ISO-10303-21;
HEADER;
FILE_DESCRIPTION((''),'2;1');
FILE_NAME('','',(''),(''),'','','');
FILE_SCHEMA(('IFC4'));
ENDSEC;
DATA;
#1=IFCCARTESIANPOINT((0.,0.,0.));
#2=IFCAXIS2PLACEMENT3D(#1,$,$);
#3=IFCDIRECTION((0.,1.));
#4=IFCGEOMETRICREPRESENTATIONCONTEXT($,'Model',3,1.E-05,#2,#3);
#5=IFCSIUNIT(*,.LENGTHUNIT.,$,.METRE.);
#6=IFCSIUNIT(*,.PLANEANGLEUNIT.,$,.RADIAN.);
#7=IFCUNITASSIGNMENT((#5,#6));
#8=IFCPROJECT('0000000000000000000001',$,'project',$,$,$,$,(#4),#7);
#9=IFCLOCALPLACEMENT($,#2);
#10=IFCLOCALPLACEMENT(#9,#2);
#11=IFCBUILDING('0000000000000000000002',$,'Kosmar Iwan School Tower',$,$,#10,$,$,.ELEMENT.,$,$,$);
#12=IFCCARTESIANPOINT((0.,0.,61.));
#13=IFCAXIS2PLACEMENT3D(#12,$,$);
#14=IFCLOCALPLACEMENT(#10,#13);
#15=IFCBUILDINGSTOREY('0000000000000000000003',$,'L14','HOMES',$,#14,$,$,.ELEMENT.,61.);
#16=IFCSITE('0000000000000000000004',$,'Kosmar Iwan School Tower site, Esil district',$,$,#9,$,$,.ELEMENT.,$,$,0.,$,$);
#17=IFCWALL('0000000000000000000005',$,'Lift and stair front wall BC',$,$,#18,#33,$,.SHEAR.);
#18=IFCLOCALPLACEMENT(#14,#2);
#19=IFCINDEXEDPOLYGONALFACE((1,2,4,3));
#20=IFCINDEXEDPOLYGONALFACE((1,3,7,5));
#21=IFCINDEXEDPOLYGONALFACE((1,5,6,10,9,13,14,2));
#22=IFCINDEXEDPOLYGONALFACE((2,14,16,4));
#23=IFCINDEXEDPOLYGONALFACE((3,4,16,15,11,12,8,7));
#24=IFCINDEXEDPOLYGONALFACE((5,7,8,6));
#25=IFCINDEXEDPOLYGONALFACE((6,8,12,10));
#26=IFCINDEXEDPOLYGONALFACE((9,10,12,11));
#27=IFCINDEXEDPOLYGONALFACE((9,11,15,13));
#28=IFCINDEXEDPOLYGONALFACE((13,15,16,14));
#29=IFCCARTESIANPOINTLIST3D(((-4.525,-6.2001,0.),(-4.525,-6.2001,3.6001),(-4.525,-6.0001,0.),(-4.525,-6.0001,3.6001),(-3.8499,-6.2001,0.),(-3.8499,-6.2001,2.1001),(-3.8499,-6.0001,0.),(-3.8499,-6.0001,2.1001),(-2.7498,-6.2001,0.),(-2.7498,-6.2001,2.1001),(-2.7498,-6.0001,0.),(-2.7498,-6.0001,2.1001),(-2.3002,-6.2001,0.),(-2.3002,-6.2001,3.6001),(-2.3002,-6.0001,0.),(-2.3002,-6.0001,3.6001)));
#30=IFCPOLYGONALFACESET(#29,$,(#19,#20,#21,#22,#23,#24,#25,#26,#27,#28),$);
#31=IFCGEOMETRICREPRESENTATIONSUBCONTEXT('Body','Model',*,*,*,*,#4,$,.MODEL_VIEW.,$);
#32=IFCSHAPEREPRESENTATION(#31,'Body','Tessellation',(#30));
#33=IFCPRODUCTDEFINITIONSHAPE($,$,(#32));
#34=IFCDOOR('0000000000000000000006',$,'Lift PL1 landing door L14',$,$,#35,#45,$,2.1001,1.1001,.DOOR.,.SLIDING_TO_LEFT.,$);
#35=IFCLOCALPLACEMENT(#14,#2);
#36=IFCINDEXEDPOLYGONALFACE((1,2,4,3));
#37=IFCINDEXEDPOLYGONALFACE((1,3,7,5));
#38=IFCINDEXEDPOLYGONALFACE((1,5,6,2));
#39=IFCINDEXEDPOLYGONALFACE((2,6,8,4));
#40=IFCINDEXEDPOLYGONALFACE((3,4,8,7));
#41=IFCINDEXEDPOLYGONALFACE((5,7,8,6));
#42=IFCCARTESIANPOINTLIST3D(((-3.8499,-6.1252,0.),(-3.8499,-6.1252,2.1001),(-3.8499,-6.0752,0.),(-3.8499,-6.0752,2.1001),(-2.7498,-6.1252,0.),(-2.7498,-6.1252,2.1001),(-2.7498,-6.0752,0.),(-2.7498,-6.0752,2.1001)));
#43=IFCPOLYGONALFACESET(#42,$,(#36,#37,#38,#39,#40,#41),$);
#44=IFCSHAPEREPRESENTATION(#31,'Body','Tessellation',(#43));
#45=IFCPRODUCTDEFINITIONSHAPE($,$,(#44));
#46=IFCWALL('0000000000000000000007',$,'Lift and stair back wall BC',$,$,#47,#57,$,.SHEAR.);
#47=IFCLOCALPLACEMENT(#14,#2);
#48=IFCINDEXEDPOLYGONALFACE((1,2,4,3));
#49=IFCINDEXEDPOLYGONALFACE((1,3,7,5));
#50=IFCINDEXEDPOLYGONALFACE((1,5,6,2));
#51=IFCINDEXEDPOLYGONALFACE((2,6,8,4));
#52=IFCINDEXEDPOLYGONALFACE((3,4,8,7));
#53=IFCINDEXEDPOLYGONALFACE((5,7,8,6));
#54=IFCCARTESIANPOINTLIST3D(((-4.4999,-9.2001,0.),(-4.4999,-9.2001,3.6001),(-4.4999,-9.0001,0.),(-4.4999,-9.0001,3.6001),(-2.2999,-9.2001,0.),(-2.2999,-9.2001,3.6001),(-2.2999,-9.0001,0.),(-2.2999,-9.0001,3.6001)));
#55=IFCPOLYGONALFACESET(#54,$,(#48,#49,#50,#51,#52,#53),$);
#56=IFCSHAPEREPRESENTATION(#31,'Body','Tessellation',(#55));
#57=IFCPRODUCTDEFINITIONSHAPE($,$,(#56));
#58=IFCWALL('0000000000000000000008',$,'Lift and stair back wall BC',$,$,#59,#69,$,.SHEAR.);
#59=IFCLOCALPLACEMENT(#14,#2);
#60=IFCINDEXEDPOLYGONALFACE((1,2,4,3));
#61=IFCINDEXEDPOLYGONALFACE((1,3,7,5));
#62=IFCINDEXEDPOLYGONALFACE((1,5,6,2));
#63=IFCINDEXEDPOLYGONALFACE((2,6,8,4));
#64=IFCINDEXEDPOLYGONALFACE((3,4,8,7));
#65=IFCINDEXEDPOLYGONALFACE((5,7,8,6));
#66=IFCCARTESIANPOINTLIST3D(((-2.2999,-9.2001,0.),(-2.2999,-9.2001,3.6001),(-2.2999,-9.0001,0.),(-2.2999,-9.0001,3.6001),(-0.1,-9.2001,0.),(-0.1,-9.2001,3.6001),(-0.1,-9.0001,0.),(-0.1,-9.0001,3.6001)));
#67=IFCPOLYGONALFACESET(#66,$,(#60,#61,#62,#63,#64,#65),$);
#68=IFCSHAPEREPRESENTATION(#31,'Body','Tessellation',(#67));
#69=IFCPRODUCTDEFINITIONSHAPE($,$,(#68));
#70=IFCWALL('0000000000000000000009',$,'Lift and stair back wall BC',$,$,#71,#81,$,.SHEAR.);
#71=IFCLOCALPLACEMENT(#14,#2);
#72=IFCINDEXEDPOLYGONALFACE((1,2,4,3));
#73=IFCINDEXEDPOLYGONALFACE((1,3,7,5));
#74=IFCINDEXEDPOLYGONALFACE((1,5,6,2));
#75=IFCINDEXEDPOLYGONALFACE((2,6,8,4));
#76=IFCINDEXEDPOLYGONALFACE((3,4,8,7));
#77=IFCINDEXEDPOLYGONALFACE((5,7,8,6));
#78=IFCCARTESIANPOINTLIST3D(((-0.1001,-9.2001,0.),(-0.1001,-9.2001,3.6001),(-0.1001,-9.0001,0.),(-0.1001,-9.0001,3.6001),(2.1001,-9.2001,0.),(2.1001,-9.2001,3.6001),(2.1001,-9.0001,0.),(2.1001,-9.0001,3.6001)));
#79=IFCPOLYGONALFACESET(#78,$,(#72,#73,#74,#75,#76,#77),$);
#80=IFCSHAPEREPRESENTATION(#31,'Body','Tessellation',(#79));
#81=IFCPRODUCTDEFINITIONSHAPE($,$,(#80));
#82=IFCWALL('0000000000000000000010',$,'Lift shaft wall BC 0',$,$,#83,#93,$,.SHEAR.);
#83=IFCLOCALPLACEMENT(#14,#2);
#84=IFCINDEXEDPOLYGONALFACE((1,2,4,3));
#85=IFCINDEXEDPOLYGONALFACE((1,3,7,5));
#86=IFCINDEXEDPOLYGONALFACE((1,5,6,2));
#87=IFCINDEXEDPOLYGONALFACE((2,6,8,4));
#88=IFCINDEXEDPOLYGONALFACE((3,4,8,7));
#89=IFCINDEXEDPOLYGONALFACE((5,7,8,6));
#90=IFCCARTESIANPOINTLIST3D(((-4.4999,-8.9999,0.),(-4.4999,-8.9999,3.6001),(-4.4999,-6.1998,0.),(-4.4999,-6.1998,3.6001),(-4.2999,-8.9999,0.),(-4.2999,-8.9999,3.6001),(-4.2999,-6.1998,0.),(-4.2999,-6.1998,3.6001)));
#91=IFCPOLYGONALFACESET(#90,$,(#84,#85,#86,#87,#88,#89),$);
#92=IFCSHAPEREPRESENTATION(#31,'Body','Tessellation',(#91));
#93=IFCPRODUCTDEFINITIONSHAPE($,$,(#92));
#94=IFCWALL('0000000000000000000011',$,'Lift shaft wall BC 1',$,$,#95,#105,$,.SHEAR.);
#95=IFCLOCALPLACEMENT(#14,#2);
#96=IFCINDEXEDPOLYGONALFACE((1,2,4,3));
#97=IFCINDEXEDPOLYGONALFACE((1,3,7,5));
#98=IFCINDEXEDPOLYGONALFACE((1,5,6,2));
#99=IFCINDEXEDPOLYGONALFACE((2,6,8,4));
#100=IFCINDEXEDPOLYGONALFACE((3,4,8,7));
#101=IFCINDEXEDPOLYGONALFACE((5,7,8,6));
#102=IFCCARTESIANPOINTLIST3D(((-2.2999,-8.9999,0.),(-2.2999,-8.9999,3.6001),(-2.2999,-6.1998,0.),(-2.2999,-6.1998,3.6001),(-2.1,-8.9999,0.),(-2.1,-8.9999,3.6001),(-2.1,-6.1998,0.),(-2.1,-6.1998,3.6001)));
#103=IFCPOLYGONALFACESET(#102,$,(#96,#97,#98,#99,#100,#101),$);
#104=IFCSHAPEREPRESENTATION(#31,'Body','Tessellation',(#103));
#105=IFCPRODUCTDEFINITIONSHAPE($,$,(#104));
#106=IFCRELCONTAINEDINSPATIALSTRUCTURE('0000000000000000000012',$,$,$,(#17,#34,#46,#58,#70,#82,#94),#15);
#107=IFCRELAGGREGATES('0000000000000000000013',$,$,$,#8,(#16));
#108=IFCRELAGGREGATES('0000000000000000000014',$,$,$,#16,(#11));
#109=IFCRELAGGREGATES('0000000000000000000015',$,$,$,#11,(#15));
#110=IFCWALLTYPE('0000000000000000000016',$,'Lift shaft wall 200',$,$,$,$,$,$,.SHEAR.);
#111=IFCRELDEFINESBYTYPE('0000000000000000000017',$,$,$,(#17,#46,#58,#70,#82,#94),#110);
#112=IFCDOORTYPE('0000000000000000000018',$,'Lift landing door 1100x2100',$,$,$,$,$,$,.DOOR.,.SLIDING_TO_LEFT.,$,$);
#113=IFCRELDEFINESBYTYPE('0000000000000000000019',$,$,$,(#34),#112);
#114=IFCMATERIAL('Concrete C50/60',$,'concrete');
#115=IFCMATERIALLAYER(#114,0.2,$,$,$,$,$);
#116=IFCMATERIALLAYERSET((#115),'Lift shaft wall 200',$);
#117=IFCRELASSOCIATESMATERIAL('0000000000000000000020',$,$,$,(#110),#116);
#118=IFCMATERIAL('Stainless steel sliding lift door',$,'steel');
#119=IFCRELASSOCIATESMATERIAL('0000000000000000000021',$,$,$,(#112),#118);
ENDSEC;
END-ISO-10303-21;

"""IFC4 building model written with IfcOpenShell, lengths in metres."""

from ifc_helpers import new_model, si_unit, direction, frame, frame_2d, origin, place, context, subcontext, project, spatial, rectangle, extrude, material, layer, layer_set, type_object, element, fill, save


model = new_model("IFC4")

# Units and contexts
model_context = context("Model", 3, precision=1e-05, world=origin(), true_north=direction((0.0, 1.0)))
body_context = subcontext(model_context, "Body", "Model", "MODEL_VIEW")
ifc_project = project(units=[si_unit("LENGTHUNIT", "METRE"), si_unit("PLANEANGLEUNIT", "RADIAN")], contexts=[model_context])

# Site, building, storey
site_placement = place(None, origin())
site = spatial("IfcSite", under=ifc_project, at=site_placement, Name="Kosmar Iwan School Tower site, Esil district", CompositionType="ELEMENT", RefElevation=0.0)
building_placement = place(site_placement, origin())
building = spatial("IfcBuilding", under=site, at=building_placement, Name="Kosmar Iwan School Tower", CompositionType="ELEMENT")
storey_placement = place(building_placement, frame((0.0, 0.0, 61.0)))
storey = spatial("IfcBuildingStorey", under=building, at=storey_placement, Name="L14", Description="HOMES", CompositionType="ELEMENT", Elevation=61.0)

# Wall, opening, door
ifc_material_1 = material(Name="Concrete C50/60", Category="concrete")
ifc_layer_1 = layer(ifc_material_1, 0.2)
ifc_layer_set_1 = layer_set([ifc_layer_1], Name="Lift shaft wall 200")
wall_type_1 = type_object("IfcWallType", Name="Lift shaft wall 200", PredefinedType="SHEAR", material=ifc_layer_set_1)
wall_1_placement = place(storey_placement, frame((-4.5249, -6.1001, 0.0), z_axis=(0.0, 0.0, 1.0), x_axis=(1.0, 0.0, 0.0)))
wall_1 = element("IfcWall", 1, at=wall_1_placement, inside=storey, type_object=wall_type_1, Name="Lift and stair front wall BC", PredefinedType="SHEAR", context=body_context, shape_type="SweptSolid", body=[
    extrude(rectangle(XDim=2.2249, YDim=0.2, at=frame_2d((1.1123, 0.0))), origin(), (0.0, 0.0, 1.0), 3.6001),
])
opening_1_placement = place(wall_1_placement, frame((0.675, 0.0, 0.0)))
opening_1 = element("IfcOpeningElement", 2, at=opening_1_placement, cuts=wall_1, PredefinedType="OPENING", context=body_context, shape_type="SweptSolid", body=[
    extrude(rectangle(XDim=1.1001, YDim=2.1001, at=frame_2d((0.55, 1.05))), frame((0.0, 0.1121, 0.0), z_axis=(0.0, -1.0, 0.0), x_axis=(1.0, 0.0, 0.0)), (0.0, 0.0, 1.0), 0.2239),
])
ifc_material_2 = material(Name="Stainless steel sliding lift door", Category="steel")
door_type_1 = type_object("IfcDoorType", Name="Lift landing door 1100x2100", OperationType="SLIDING_TO_LEFT", PredefinedType="DOOR", material=ifc_material_2)
door_1_placement = place(opening_1_placement, origin())
door_1 = element("IfcDoor", 3, at=door_1_placement, inside=storey, type_object=door_type_1, Name="Lift PL1 landing door L14", OperationType="SLIDING_TO_LEFT", OverallHeight=2.1001, OverallWidth=1.1001, PredefinedType="DOOR", context=body_context, shape_type="SweptSolid", body=[
    extrude(rectangle(XDim=1.1001, YDim=2.1001, at=frame_2d((0.55, 1.05))), frame((0.0, 0.0249, 0.0), z_axis=(0.0, -1.0, 0.0), x_axis=(1.0, 0.0, 0.0)), (0.0, 0.0, 1.0), 0.05),
])
fill(opening_1, door_1)

# Walls
for number, where, z_axis, x_axis, name in (
    (4, (-4.5, -9.1001, 0.0), (0.0, 0.0, 1.0), (1.0, 0.0, 0.0), "Lift and stair back wall BC"),
    (5, (-2.3, -9.1001, 0.0), (0.0, 0.0, 1.0), (1.0, 0.0, 0.0), "Lift and stair back wall BC"),
):
    element("IfcWall", number, at=place(storey_placement, frame(where, z_axis=z_axis, x_axis=x_axis)), inside=storey, type_object=wall_type_1, Name=name, PredefinedType="SHEAR", context=body_context, shape_type="SweptSolid", body=[
        extrude(rectangle(XDim=2.2, YDim=0.2, at=frame_2d((1.1001, 0.0))), origin(), (0.0, 0.0, 1.0), 3.6001),
    ])
wall_2_placement = place(storey_placement, frame((-0.1001, -9.1001, 0.0), z_axis=(0.0, 0.0, 1.0), x_axis=(1.0, 0.0, 0.0)))
element("IfcWall", 6, at=wall_2_placement, inside=storey, type_object=wall_type_1, Name="Lift and stair back wall BC", PredefinedType="SHEAR", context=body_context, shape_type="SweptSolid", body=[
    extrude(rectangle(XDim=2.2002, YDim=0.2, at=frame_2d((1.1001, 0.0))), origin(), (0.0, 0.0, 1.0), 3.6001),
])
for number, where, z_axis, x_axis, name in (
    (7, (-4.3999, -6.2, 0.0), (0.0, 0.0, 1.0), (0.0, -1.0, 0.0), "Lift shaft wall BC 0"),
    (8, (-2.2, -6.2, 0.0), (0.0, 0.0, 1.0), (0.0, -1.0, 0.0), "Lift shaft wall BC 1"),
):
    element("IfcWall", number, at=place(storey_placement, frame(where, z_axis=z_axis, x_axis=x_axis)), inside=storey, type_object=wall_type_1, Name=name, PredefinedType="SHEAR", context=body_context, shape_type="SweptSolid", body=[
        extrude(rectangle(XDim=2.8, YDim=0.2, at=frame_2d((1.3999, 0.0))), origin(), (0.0, 0.0, 1.0), 3.6001),
    ])

save(model, "model.ifc")
